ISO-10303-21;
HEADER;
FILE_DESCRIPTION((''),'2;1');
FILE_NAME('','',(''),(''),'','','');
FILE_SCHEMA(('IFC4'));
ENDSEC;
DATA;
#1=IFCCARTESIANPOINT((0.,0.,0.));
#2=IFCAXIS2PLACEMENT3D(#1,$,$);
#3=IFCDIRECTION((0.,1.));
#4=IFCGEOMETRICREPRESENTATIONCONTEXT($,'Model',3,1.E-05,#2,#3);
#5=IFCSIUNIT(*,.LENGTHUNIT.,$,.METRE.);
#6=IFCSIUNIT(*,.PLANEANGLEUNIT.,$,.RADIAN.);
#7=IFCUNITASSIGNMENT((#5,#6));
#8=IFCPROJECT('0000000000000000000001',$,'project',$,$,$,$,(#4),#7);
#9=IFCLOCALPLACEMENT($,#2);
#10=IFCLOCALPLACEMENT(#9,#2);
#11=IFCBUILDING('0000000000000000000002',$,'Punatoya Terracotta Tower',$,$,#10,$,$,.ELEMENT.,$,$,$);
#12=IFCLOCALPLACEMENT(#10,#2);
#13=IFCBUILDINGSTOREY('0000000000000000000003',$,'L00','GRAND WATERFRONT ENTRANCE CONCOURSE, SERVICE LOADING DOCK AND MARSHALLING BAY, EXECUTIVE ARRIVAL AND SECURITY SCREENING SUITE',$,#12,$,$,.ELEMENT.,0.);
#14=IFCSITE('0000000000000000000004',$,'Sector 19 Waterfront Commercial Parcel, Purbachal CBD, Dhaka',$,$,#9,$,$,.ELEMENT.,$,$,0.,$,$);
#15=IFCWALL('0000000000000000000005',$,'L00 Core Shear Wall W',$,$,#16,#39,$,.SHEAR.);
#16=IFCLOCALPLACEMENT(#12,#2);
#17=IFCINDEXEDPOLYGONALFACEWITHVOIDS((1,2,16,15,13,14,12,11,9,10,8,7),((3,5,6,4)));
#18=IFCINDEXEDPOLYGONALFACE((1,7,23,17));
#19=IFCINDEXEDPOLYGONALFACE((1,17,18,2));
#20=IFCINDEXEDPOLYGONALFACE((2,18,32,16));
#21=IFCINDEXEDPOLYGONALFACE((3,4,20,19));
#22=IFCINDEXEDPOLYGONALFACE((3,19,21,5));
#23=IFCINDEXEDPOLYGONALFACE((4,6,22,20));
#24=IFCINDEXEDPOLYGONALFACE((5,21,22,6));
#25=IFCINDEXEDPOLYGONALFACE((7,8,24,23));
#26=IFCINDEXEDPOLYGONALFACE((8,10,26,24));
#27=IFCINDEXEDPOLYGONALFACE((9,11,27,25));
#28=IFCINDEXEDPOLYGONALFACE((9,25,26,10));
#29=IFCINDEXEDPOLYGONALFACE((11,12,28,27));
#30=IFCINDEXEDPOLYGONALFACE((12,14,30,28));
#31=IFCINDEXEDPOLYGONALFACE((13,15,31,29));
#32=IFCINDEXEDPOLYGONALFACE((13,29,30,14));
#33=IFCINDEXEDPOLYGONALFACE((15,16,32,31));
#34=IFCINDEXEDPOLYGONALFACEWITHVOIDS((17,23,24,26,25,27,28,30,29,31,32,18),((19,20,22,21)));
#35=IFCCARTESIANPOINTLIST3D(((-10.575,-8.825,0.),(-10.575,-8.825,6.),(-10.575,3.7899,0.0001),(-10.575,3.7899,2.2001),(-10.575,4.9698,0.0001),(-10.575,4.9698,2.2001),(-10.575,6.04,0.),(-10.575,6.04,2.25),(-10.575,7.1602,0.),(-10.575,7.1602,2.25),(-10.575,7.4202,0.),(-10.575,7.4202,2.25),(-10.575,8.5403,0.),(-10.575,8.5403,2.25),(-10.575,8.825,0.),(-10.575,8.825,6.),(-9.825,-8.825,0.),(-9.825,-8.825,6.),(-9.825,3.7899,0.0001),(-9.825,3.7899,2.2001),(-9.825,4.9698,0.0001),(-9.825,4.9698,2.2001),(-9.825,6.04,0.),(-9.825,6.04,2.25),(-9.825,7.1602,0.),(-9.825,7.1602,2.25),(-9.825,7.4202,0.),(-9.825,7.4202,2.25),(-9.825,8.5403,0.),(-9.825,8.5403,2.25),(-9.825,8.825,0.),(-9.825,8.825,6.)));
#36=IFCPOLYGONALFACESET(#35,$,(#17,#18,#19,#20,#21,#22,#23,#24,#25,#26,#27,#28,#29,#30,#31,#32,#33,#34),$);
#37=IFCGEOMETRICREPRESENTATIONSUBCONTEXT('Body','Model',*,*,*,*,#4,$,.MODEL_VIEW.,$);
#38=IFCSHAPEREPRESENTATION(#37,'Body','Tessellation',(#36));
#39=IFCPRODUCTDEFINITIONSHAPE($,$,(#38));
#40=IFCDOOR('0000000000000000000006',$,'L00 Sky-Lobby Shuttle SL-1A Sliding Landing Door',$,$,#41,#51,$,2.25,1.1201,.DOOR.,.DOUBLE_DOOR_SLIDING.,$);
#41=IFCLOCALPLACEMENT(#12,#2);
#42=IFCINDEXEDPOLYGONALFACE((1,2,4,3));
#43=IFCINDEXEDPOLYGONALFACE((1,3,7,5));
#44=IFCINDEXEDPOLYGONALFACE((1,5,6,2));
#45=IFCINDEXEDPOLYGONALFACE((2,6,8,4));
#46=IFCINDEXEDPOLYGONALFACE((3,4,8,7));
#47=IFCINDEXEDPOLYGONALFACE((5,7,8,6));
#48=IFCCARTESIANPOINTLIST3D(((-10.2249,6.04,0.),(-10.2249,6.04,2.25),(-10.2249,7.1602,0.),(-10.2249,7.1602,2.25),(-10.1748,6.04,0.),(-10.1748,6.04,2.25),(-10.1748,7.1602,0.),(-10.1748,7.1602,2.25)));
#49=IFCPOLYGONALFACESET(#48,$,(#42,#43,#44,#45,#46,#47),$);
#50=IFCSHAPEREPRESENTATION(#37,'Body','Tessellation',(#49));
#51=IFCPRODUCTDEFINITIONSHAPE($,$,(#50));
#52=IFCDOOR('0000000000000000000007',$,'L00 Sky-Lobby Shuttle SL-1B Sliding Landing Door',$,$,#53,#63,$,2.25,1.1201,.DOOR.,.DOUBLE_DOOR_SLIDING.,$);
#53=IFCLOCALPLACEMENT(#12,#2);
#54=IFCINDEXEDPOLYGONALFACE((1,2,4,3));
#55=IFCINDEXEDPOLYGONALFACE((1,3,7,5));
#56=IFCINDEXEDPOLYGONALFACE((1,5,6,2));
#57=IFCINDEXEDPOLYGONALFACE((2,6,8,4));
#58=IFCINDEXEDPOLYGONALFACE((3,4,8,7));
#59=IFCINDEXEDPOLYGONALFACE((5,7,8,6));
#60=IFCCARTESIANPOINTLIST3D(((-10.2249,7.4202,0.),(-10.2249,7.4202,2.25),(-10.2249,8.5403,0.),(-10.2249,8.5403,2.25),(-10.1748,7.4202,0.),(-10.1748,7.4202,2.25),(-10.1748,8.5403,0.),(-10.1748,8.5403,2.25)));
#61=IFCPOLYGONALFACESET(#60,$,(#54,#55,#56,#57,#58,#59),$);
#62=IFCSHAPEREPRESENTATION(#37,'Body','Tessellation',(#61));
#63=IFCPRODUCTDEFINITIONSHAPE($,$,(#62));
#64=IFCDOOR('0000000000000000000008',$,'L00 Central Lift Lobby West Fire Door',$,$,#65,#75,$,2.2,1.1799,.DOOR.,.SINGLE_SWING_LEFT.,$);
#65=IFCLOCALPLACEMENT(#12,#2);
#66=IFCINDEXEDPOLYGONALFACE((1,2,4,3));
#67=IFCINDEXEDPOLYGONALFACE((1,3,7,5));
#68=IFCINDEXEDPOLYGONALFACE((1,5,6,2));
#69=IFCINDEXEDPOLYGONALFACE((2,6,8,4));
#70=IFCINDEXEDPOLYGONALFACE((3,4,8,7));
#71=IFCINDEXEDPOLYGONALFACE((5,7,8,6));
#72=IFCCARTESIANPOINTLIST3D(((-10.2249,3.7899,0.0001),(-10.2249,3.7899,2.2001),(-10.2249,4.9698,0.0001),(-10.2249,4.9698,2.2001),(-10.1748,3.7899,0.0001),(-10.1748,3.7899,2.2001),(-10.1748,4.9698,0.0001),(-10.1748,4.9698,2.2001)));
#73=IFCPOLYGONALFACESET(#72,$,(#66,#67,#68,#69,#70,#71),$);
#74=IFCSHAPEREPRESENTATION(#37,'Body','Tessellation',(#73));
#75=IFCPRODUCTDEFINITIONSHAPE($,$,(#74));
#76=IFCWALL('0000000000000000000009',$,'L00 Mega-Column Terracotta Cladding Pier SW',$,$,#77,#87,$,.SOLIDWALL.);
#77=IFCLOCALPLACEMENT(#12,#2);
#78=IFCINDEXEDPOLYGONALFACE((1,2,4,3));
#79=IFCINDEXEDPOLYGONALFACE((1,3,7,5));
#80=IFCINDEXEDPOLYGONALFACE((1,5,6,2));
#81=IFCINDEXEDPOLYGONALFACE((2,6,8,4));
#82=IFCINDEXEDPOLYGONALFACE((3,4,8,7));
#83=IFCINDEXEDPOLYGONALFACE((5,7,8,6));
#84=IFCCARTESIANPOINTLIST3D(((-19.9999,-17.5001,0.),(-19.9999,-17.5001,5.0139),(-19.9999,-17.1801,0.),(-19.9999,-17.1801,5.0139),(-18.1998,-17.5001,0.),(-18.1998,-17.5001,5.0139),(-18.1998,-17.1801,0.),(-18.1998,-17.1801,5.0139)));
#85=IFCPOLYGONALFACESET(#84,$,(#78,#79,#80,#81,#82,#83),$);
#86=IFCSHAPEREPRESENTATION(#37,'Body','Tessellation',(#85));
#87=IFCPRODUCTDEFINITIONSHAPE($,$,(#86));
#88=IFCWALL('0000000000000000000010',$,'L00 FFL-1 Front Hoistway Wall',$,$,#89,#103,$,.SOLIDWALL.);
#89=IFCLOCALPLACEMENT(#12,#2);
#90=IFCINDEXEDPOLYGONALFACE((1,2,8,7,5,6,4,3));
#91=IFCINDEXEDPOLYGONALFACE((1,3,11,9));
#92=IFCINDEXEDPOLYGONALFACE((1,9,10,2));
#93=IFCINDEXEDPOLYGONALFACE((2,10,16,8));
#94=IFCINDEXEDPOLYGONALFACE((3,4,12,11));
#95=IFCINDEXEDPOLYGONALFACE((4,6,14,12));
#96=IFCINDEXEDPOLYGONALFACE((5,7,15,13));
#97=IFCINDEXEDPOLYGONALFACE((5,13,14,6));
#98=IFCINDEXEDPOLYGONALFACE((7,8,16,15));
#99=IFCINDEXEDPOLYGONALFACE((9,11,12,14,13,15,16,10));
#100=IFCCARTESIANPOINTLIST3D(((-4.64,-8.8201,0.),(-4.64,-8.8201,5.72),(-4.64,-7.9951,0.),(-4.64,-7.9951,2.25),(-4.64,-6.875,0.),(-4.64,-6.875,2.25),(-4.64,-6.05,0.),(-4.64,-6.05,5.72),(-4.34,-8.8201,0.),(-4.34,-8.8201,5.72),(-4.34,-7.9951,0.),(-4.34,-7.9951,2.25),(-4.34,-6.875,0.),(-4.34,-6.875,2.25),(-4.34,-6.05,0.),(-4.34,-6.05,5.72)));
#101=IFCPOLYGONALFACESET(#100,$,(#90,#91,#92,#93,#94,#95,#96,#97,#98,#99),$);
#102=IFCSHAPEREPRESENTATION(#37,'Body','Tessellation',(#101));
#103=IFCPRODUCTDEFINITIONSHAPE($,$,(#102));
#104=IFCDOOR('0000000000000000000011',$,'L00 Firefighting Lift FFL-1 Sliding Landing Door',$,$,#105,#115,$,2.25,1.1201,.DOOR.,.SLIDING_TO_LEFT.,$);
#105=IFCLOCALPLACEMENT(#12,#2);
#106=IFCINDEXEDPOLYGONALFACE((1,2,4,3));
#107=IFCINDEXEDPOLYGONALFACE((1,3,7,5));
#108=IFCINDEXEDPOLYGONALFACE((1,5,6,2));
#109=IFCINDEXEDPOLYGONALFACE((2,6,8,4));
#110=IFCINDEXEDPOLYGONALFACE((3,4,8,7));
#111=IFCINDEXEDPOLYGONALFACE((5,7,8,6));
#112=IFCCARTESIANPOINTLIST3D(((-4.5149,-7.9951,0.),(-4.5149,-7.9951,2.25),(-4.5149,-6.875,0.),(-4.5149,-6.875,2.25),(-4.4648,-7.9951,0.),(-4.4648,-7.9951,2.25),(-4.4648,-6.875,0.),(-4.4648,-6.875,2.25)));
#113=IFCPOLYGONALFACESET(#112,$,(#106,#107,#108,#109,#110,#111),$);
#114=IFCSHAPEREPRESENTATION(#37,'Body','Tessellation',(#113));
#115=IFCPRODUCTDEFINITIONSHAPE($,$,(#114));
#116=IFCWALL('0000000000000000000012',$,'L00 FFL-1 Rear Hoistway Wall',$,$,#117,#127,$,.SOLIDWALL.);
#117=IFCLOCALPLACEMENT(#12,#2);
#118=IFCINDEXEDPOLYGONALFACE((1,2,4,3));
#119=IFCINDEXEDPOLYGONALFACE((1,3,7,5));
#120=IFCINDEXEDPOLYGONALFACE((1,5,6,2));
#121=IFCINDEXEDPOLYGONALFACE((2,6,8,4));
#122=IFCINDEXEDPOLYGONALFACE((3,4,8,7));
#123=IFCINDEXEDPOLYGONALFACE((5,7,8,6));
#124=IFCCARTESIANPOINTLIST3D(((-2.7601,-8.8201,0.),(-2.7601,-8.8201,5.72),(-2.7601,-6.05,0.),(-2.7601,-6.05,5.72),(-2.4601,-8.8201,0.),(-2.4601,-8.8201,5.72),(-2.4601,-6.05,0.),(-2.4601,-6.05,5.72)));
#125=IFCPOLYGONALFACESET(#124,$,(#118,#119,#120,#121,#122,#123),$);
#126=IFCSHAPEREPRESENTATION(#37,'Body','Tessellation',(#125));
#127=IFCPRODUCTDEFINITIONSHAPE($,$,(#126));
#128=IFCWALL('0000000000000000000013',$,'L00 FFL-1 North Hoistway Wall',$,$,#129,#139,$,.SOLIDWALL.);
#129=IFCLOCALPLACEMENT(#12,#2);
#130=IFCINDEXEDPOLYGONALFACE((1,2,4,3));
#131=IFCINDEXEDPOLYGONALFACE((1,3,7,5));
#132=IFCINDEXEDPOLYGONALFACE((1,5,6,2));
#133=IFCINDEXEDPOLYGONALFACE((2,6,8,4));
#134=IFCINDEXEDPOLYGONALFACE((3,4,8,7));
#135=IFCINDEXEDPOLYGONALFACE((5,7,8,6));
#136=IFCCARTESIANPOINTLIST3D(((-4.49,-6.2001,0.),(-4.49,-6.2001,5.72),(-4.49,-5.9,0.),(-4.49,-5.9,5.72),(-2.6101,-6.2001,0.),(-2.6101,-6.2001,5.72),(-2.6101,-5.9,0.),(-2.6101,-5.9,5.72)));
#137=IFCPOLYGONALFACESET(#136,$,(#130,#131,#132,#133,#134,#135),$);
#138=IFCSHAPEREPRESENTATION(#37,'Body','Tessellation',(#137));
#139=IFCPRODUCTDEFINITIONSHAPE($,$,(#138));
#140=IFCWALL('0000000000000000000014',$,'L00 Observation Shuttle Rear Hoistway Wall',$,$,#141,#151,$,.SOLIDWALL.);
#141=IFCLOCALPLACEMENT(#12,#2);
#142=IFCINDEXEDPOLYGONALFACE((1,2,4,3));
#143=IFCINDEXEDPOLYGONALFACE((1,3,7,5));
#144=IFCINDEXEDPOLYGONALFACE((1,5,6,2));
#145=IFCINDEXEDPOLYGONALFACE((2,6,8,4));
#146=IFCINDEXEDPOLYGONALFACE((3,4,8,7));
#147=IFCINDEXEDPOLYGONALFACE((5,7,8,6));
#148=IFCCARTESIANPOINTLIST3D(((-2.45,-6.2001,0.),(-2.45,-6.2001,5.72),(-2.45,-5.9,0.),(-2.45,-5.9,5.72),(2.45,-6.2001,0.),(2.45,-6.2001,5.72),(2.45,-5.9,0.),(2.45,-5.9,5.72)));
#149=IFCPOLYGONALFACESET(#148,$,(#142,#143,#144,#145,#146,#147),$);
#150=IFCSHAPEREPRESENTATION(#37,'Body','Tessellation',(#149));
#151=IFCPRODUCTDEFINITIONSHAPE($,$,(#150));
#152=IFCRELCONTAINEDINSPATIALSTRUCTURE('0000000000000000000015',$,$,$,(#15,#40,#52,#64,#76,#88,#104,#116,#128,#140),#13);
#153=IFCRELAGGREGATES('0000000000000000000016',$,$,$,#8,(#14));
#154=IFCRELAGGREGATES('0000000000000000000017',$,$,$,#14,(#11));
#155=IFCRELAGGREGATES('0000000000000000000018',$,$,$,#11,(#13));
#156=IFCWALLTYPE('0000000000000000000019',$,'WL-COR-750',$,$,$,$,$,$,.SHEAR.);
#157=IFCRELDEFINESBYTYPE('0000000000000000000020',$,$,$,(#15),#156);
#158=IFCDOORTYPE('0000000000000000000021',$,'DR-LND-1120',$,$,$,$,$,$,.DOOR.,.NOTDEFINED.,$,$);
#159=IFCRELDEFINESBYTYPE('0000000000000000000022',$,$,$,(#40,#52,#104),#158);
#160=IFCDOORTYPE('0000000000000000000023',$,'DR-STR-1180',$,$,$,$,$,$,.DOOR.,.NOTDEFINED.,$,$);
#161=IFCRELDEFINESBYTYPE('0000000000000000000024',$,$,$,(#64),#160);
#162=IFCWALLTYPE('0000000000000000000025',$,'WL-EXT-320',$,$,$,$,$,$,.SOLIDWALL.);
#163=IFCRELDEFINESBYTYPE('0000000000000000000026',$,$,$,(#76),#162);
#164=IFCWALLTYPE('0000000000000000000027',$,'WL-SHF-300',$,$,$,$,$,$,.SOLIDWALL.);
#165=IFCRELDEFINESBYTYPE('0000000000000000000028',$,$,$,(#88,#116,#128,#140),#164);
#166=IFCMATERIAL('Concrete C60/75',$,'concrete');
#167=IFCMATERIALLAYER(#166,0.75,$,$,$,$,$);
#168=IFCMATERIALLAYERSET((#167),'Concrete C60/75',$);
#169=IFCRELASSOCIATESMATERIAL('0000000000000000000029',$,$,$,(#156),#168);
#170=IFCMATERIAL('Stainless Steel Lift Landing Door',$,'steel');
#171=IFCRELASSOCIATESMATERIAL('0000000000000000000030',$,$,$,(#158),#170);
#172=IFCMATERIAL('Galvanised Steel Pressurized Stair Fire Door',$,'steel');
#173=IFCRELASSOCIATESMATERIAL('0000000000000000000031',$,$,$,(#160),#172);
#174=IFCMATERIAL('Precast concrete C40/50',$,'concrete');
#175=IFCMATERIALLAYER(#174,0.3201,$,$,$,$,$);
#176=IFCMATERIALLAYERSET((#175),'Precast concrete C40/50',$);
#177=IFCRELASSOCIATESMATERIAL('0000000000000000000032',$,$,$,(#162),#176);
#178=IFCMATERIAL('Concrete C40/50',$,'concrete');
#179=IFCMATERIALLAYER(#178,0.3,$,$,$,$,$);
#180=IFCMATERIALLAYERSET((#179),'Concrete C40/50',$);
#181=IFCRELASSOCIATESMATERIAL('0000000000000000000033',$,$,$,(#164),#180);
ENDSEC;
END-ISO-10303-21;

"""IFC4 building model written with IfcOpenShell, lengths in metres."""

from ifc_helpers import new_model, si_unit, direction, frame, frame_2d, origin, place, context, subcontext, project, spatial, rectangle, extrude, material, layer, layer_set, type_object, element, fill, save


model = new_model("IFC4")

# Units and contexts
model_context = context("Model", 3, precision=1e-05, world=origin(), true_north=direction((0.0, 1.0)))
body_context = subcontext(model_context, "Body", "Model", "MODEL_VIEW")
ifc_project = project(units=[si_unit("LENGTHUNIT", "METRE"), si_unit("PLANEANGLEUNIT", "RADIAN")], contexts=[model_context])

# Site, building, storey
site_placement = place(None, origin())
site = spatial("IfcSite", under=ifc_project, at=site_placement, Name="Sector 19 Waterfront Commercial Parcel, Purbachal CBD, Dhaka", CompositionType="ELEMENT", RefElevation=0.0)
building_placement = place(site_placement, origin())
building = spatial("IfcBuilding", under=site, at=building_placement, Name="Punatoya Terracotta Tower", CompositionType="ELEMENT")
storey_placement = place(building_placement, origin())
storey = spatial("IfcBuildingStorey", under=building, at=storey_placement, Name="L00", Description="GRAND WATERFRONT ENTRANCE CONCOURSE, SERVICE LOADING DOCK AND MARSHALLING BAY, EXECUTIVE ARRIVAL AND SECURITY SCREENING SUITE", CompositionType="ELEMENT", Elevation=0.0)

# Wall, openings, doors
ifc_material_1 = material(Name="Concrete C60/75", Category="concrete")
ifc_layer_1 = layer(ifc_material_1, 0.75)
ifc_layer_set_1 = layer_set([ifc_layer_1], Name="Concrete C60/75")
wall_type_1 = type_object("IfcWallType", Name="WL-COR-750", PredefinedType="SHEAR", material=ifc_layer_set_1)
wall_1_placement = place(storey_placement, frame((-10.2, -8.825, 0.0), z_axis=(0.0, 0.0, 1.0), x_axis=(0.0, 1.0, 0.0)))
wall_1 = element("IfcWall", 1, at=wall_1_placement, inside=storey, type_object=wall_type_1, Name="L00 Core Shear Wall W", PredefinedType="SHEAR", context=body_context, shape_type="SweptSolid", body=[
    extrude(rectangle(XDim=17.6499, YDim=0.75, at=frame_2d((8.825, 0.0))), origin(), (0.0, 0.0, 1.0), 6.0),
])
opening_1_placement = place(wall_1_placement, frame((12.615, 0.0, 0.0)))
opening_1 = element("IfcOpeningElement", 2, at=opening_1_placement, cuts=wall_1, PredefinedType="OPENING", context=body_context, shape_type="SweptSolid", body=[
    extrude(rectangle(XDim=1.1799, YDim=2.2, at=frame_2d((0.5898, 1.1001))), frame((0.0, 0.385, 0.0), z_axis=(0.0, -1.0, 0.0), x_axis=(1.0, 0.0, 0.0)), (0.0, 0.0, 1.0), 0.77),
])
opening_2_placement = place(wall_1_placement, frame((14.865, 0.0, 0.0)))
opening_2 = element("IfcOpeningElement", 3, at=opening_2_placement, cuts=wall_1, PredefinedType="OPENING", context=body_context, shape_type="SweptSolid", body=[
    extrude(rectangle(XDim=1.1201, YDim=2.25, at=frame_2d((0.5601, 1.125))), frame((0.0, 0.385, 0.0), z_axis=(0.0, -1.0, 0.0), x_axis=(1.0, 0.0, 0.0)), (0.0, 0.0, 1.0), 0.77),
])
opening_3_placement = place(wall_1_placement, frame((16.2451, 0.0, 0.0)))
opening_3 = element("IfcOpeningElement", 4, at=opening_3_placement, cuts=wall_1, PredefinedType="OPENING", context=body_context, shape_type="SweptSolid", body=[
    extrude(rectangle(XDim=1.1201, YDim=2.25, at=frame_2d((0.5601, 1.125))), frame((0.0, 0.385, 0.0), z_axis=(0.0, -1.0, 0.0), x_axis=(1.0, 0.0, 0.0)), (0.0, 0.0, 1.0), 0.77),
])
ifc_material_2 = material(Name="Stainless Steel Lift Landing Door", Category="steel")
door_type_1 = type_object("IfcDoorType", Name="DR-LND-1120", OperationType="NOTDEFINED", PredefinedType="DOOR", material=ifc_material_2)
door_1_placement = place(opening_2_placement, origin())
door_1 = element("IfcDoor", 5, at=door_1_placement, inside=storey, type_object=door_type_1, Name="L00 Sky-Lobby Shuttle SL-1A Sliding Landing Door", OperationType="DOUBLE_DOOR_SLIDING", OverallHeight=2.25, OverallWidth=1.1201, PredefinedType="DOOR", context=body_context, shape_type="SweptSolid", body=[
    extrude(rectangle(XDim=1.1201, YDim=2.25, at=frame_2d((0.5601, 1.125))), frame((0.0, 0.0249, 0.0), z_axis=(0.0, -1.0, 0.0), x_axis=(1.0, 0.0, 0.0)), (0.0, 0.0, 1.0), 0.05),
])
fill(opening_2, door_1)
door_2_placement = place(opening_3_placement, origin())
door_2 = element("IfcDoor", 6, at=door_2_placement, inside=storey, type_object=door_type_1, Name="L00 Sky-Lobby Shuttle SL-1B Sliding Landing Door", OperationType="DOUBLE_DOOR_SLIDING", OverallHeight=2.25, OverallWidth=1.1201, PredefinedType="DOOR", context=body_context, shape_type="SweptSolid", body=[
    extrude(rectangle(XDim=1.1201, YDim=2.25, at=frame_2d((0.5601, 1.125))), frame((0.0, 0.0249, 0.0), z_axis=(0.0, -1.0, 0.0), x_axis=(1.0, 0.0, 0.0)), (0.0, 0.0, 1.0), 0.05),
])
fill(opening_3, door_2)
ifc_material_3 = material(Name="Galvanised Steel Pressurized Stair Fire Door", Category="steel")
door_type_2 = type_object("IfcDoorType", Name="DR-STR-1180", OperationType="NOTDEFINED", PredefinedType="DOOR", material=ifc_material_3)
door_3_placement = place(opening_1_placement, origin())
door_3 = element("IfcDoor", 7, at=door_3_placement, inside=storey, type_object=door_type_2, Name="L00 Central Lift Lobby West Fire Door", OperationType="SINGLE_SWING_LEFT", OverallHeight=2.2, OverallWidth=1.1799, PredefinedType="DOOR", context=body_context, shape_type="SweptSolid", body=[
    extrude(rectangle(XDim=1.1799, YDim=2.2, at=frame_2d((0.5898, 1.1001))), frame((0.0, 0.0249, 0.0), z_axis=(0.0, -1.0, 0.0), x_axis=(1.0, 0.0, 0.0)), (0.0, 0.0, 1.0), 0.05),
])
fill(opening_1, door_3)

# Wall
ifc_material_4 = material(Name="Precast concrete C40/50", Category="concrete")
ifc_layer_2 = layer(ifc_material_4, 0.3201)
ifc_layer_set_2 = layer_set([ifc_layer_2], Name="Precast concrete C40/50")
wall_type_2 = type_object("IfcWallType", Name="WL-EXT-320", PredefinedType="SOLIDWALL", material=ifc_layer_set_2)
wall_2_placement = place(storey_placement, frame((-18.2, -17.3401, 0.0), z_axis=(0.0, 0.0, 1.0), x_axis=(-1.0, 0.0, 0.0)))
element("IfcWall", 8, at=wall_2_placement, inside=storey, type_object=wall_type_2, Name="L00 Mega-Column Terracotta Cladding Pier SW", PredefinedType="SOLIDWALL", context=body_context, shape_type="SweptSolid", body=[
    extrude(rectangle(XDim=1.8, YDim=0.3201, at=frame_2d((0.8999, 0.0))), origin(), (0.0, 0.0, 1.0), 5.0139),
])

# Wall, opening, door
ifc_material_5 = material(Name="Concrete C40/50", Category="concrete")
ifc_layer_3 = layer(ifc_material_5, 0.3)
ifc_layer_set_3 = layer_set([ifc_layer_3], Name="Concrete C40/50")
wall_type_3 = type_object("IfcWallType", Name="WL-SHF-300", PredefinedType="SOLIDWALL", material=ifc_layer_set_3)
wall_3_placement = place(storey_placement, frame((-4.49, -8.8201, 0.0), z_axis=(0.0, 0.0, 1.0), x_axis=(0.0, 1.0, 0.0)))
wall_3 = element("IfcWall", 9, at=wall_3_placement, inside=storey, type_object=wall_type_3, Name="L00 FFL-1 Front Hoistway Wall", PredefinedType="SOLIDWALL", context=body_context, shape_type="SweptSolid", body=[
    extrude(rectangle(XDim=2.77, YDim=0.3, at=frame_2d((1.385, 0.0))), origin(), (0.0, 0.0, 1.0), 5.72),
])
opening_4_placement = place(wall_3_placement, frame((0.825, 0.0, 0.0)))
opening_4 = element("IfcOpeningElement", 10, at=opening_4_placement, cuts=wall_3, PredefinedType="OPENING", context=body_context, shape_type="SweptSolid", body=[
    extrude(rectangle(XDim=1.1201, YDim=2.25, at=frame_2d((0.5601, 1.125))), frame((0.0, 0.1599, 0.0), z_axis=(0.0, -1.0, 0.0), x_axis=(1.0, 0.0, 0.0)), (0.0, 0.0, 1.0), 0.3201),
])
door_4_placement = place(opening_4_placement, origin())
door_4 = element("IfcDoor", 11, at=door_4_placement, inside=storey, type_object=door_type_1, Name="L00 Firefighting Lift FFL-1 Sliding Landing Door", OperationType="SLIDING_TO_LEFT", OverallHeight=2.25, OverallWidth=1.1201, PredefinedType="DOOR", context=body_context, shape_type="SweptSolid", body=[
    extrude(rectangle(XDim=1.1201, YDim=2.25, at=frame_2d((0.5601, 1.125))), frame((0.0, 0.0249, 0.0), z_axis=(0.0, -1.0, 0.0), x_axis=(1.0, 0.0, 0.0)), (0.0, 0.0, 1.0), 0.05),
])
fill(opening_4, door_4)

# Walls
wall_4_placement = place(storey_placement, frame((-2.6101, -8.8201, 0.0), z_axis=(0.0, 0.0, 1.0), x_axis=(0.0, 1.0, 0.0)))
element("IfcWall", 12, at=wall_4_placement, inside=storey, type_object=wall_type_3, Name="L00 FFL-1 Rear Hoistway Wall", PredefinedType="SOLIDWALL", context=body_context, shape_type="SweptSolid", body=[
    extrude(rectangle(XDim=2.77, YDim=0.3, at=frame_2d((1.385, 0.0))), origin(), (0.0, 0.0, 1.0), 5.72),
])
wall_5_placement = place(storey_placement, frame((-4.49, -6.05, 0.0), z_axis=(0.0, 0.0, 1.0), x_axis=(1.0, 0.0, 0.0)))
element("IfcWall", 13, at=wall_5_placement, inside=storey, type_object=wall_type_3, Name="L00 FFL-1 North Hoistway Wall", PredefinedType="SOLIDWALL", context=body_context, shape_type="SweptSolid", body=[
    extrude(rectangle(XDim=1.8799, YDim=0.3, at=frame_2d((0.9399, 0.0))), origin(), (0.0, 0.0, 1.0), 5.72),
])
wall_6_placement = place(storey_placement, frame((-2.45, -6.05, 0.0), z_axis=(0.0, 0.0, 1.0), x_axis=(1.0, 0.0, 0.0)))
element("IfcWall", 14, at=wall_6_placement, inside=storey, type_object=wall_type_3, Name="L00 Observation Shuttle Rear Hoistway Wall", PredefinedType="SOLIDWALL", context=body_context, shape_type="SweptSolid", body=[
    extrude(rectangle(XDim=4.8999, YDim=0.3, at=frame_2d((2.45, 0.0))), origin(), (0.0, 0.0, 1.0), 5.72),
])

save(model, "model.ifc")
